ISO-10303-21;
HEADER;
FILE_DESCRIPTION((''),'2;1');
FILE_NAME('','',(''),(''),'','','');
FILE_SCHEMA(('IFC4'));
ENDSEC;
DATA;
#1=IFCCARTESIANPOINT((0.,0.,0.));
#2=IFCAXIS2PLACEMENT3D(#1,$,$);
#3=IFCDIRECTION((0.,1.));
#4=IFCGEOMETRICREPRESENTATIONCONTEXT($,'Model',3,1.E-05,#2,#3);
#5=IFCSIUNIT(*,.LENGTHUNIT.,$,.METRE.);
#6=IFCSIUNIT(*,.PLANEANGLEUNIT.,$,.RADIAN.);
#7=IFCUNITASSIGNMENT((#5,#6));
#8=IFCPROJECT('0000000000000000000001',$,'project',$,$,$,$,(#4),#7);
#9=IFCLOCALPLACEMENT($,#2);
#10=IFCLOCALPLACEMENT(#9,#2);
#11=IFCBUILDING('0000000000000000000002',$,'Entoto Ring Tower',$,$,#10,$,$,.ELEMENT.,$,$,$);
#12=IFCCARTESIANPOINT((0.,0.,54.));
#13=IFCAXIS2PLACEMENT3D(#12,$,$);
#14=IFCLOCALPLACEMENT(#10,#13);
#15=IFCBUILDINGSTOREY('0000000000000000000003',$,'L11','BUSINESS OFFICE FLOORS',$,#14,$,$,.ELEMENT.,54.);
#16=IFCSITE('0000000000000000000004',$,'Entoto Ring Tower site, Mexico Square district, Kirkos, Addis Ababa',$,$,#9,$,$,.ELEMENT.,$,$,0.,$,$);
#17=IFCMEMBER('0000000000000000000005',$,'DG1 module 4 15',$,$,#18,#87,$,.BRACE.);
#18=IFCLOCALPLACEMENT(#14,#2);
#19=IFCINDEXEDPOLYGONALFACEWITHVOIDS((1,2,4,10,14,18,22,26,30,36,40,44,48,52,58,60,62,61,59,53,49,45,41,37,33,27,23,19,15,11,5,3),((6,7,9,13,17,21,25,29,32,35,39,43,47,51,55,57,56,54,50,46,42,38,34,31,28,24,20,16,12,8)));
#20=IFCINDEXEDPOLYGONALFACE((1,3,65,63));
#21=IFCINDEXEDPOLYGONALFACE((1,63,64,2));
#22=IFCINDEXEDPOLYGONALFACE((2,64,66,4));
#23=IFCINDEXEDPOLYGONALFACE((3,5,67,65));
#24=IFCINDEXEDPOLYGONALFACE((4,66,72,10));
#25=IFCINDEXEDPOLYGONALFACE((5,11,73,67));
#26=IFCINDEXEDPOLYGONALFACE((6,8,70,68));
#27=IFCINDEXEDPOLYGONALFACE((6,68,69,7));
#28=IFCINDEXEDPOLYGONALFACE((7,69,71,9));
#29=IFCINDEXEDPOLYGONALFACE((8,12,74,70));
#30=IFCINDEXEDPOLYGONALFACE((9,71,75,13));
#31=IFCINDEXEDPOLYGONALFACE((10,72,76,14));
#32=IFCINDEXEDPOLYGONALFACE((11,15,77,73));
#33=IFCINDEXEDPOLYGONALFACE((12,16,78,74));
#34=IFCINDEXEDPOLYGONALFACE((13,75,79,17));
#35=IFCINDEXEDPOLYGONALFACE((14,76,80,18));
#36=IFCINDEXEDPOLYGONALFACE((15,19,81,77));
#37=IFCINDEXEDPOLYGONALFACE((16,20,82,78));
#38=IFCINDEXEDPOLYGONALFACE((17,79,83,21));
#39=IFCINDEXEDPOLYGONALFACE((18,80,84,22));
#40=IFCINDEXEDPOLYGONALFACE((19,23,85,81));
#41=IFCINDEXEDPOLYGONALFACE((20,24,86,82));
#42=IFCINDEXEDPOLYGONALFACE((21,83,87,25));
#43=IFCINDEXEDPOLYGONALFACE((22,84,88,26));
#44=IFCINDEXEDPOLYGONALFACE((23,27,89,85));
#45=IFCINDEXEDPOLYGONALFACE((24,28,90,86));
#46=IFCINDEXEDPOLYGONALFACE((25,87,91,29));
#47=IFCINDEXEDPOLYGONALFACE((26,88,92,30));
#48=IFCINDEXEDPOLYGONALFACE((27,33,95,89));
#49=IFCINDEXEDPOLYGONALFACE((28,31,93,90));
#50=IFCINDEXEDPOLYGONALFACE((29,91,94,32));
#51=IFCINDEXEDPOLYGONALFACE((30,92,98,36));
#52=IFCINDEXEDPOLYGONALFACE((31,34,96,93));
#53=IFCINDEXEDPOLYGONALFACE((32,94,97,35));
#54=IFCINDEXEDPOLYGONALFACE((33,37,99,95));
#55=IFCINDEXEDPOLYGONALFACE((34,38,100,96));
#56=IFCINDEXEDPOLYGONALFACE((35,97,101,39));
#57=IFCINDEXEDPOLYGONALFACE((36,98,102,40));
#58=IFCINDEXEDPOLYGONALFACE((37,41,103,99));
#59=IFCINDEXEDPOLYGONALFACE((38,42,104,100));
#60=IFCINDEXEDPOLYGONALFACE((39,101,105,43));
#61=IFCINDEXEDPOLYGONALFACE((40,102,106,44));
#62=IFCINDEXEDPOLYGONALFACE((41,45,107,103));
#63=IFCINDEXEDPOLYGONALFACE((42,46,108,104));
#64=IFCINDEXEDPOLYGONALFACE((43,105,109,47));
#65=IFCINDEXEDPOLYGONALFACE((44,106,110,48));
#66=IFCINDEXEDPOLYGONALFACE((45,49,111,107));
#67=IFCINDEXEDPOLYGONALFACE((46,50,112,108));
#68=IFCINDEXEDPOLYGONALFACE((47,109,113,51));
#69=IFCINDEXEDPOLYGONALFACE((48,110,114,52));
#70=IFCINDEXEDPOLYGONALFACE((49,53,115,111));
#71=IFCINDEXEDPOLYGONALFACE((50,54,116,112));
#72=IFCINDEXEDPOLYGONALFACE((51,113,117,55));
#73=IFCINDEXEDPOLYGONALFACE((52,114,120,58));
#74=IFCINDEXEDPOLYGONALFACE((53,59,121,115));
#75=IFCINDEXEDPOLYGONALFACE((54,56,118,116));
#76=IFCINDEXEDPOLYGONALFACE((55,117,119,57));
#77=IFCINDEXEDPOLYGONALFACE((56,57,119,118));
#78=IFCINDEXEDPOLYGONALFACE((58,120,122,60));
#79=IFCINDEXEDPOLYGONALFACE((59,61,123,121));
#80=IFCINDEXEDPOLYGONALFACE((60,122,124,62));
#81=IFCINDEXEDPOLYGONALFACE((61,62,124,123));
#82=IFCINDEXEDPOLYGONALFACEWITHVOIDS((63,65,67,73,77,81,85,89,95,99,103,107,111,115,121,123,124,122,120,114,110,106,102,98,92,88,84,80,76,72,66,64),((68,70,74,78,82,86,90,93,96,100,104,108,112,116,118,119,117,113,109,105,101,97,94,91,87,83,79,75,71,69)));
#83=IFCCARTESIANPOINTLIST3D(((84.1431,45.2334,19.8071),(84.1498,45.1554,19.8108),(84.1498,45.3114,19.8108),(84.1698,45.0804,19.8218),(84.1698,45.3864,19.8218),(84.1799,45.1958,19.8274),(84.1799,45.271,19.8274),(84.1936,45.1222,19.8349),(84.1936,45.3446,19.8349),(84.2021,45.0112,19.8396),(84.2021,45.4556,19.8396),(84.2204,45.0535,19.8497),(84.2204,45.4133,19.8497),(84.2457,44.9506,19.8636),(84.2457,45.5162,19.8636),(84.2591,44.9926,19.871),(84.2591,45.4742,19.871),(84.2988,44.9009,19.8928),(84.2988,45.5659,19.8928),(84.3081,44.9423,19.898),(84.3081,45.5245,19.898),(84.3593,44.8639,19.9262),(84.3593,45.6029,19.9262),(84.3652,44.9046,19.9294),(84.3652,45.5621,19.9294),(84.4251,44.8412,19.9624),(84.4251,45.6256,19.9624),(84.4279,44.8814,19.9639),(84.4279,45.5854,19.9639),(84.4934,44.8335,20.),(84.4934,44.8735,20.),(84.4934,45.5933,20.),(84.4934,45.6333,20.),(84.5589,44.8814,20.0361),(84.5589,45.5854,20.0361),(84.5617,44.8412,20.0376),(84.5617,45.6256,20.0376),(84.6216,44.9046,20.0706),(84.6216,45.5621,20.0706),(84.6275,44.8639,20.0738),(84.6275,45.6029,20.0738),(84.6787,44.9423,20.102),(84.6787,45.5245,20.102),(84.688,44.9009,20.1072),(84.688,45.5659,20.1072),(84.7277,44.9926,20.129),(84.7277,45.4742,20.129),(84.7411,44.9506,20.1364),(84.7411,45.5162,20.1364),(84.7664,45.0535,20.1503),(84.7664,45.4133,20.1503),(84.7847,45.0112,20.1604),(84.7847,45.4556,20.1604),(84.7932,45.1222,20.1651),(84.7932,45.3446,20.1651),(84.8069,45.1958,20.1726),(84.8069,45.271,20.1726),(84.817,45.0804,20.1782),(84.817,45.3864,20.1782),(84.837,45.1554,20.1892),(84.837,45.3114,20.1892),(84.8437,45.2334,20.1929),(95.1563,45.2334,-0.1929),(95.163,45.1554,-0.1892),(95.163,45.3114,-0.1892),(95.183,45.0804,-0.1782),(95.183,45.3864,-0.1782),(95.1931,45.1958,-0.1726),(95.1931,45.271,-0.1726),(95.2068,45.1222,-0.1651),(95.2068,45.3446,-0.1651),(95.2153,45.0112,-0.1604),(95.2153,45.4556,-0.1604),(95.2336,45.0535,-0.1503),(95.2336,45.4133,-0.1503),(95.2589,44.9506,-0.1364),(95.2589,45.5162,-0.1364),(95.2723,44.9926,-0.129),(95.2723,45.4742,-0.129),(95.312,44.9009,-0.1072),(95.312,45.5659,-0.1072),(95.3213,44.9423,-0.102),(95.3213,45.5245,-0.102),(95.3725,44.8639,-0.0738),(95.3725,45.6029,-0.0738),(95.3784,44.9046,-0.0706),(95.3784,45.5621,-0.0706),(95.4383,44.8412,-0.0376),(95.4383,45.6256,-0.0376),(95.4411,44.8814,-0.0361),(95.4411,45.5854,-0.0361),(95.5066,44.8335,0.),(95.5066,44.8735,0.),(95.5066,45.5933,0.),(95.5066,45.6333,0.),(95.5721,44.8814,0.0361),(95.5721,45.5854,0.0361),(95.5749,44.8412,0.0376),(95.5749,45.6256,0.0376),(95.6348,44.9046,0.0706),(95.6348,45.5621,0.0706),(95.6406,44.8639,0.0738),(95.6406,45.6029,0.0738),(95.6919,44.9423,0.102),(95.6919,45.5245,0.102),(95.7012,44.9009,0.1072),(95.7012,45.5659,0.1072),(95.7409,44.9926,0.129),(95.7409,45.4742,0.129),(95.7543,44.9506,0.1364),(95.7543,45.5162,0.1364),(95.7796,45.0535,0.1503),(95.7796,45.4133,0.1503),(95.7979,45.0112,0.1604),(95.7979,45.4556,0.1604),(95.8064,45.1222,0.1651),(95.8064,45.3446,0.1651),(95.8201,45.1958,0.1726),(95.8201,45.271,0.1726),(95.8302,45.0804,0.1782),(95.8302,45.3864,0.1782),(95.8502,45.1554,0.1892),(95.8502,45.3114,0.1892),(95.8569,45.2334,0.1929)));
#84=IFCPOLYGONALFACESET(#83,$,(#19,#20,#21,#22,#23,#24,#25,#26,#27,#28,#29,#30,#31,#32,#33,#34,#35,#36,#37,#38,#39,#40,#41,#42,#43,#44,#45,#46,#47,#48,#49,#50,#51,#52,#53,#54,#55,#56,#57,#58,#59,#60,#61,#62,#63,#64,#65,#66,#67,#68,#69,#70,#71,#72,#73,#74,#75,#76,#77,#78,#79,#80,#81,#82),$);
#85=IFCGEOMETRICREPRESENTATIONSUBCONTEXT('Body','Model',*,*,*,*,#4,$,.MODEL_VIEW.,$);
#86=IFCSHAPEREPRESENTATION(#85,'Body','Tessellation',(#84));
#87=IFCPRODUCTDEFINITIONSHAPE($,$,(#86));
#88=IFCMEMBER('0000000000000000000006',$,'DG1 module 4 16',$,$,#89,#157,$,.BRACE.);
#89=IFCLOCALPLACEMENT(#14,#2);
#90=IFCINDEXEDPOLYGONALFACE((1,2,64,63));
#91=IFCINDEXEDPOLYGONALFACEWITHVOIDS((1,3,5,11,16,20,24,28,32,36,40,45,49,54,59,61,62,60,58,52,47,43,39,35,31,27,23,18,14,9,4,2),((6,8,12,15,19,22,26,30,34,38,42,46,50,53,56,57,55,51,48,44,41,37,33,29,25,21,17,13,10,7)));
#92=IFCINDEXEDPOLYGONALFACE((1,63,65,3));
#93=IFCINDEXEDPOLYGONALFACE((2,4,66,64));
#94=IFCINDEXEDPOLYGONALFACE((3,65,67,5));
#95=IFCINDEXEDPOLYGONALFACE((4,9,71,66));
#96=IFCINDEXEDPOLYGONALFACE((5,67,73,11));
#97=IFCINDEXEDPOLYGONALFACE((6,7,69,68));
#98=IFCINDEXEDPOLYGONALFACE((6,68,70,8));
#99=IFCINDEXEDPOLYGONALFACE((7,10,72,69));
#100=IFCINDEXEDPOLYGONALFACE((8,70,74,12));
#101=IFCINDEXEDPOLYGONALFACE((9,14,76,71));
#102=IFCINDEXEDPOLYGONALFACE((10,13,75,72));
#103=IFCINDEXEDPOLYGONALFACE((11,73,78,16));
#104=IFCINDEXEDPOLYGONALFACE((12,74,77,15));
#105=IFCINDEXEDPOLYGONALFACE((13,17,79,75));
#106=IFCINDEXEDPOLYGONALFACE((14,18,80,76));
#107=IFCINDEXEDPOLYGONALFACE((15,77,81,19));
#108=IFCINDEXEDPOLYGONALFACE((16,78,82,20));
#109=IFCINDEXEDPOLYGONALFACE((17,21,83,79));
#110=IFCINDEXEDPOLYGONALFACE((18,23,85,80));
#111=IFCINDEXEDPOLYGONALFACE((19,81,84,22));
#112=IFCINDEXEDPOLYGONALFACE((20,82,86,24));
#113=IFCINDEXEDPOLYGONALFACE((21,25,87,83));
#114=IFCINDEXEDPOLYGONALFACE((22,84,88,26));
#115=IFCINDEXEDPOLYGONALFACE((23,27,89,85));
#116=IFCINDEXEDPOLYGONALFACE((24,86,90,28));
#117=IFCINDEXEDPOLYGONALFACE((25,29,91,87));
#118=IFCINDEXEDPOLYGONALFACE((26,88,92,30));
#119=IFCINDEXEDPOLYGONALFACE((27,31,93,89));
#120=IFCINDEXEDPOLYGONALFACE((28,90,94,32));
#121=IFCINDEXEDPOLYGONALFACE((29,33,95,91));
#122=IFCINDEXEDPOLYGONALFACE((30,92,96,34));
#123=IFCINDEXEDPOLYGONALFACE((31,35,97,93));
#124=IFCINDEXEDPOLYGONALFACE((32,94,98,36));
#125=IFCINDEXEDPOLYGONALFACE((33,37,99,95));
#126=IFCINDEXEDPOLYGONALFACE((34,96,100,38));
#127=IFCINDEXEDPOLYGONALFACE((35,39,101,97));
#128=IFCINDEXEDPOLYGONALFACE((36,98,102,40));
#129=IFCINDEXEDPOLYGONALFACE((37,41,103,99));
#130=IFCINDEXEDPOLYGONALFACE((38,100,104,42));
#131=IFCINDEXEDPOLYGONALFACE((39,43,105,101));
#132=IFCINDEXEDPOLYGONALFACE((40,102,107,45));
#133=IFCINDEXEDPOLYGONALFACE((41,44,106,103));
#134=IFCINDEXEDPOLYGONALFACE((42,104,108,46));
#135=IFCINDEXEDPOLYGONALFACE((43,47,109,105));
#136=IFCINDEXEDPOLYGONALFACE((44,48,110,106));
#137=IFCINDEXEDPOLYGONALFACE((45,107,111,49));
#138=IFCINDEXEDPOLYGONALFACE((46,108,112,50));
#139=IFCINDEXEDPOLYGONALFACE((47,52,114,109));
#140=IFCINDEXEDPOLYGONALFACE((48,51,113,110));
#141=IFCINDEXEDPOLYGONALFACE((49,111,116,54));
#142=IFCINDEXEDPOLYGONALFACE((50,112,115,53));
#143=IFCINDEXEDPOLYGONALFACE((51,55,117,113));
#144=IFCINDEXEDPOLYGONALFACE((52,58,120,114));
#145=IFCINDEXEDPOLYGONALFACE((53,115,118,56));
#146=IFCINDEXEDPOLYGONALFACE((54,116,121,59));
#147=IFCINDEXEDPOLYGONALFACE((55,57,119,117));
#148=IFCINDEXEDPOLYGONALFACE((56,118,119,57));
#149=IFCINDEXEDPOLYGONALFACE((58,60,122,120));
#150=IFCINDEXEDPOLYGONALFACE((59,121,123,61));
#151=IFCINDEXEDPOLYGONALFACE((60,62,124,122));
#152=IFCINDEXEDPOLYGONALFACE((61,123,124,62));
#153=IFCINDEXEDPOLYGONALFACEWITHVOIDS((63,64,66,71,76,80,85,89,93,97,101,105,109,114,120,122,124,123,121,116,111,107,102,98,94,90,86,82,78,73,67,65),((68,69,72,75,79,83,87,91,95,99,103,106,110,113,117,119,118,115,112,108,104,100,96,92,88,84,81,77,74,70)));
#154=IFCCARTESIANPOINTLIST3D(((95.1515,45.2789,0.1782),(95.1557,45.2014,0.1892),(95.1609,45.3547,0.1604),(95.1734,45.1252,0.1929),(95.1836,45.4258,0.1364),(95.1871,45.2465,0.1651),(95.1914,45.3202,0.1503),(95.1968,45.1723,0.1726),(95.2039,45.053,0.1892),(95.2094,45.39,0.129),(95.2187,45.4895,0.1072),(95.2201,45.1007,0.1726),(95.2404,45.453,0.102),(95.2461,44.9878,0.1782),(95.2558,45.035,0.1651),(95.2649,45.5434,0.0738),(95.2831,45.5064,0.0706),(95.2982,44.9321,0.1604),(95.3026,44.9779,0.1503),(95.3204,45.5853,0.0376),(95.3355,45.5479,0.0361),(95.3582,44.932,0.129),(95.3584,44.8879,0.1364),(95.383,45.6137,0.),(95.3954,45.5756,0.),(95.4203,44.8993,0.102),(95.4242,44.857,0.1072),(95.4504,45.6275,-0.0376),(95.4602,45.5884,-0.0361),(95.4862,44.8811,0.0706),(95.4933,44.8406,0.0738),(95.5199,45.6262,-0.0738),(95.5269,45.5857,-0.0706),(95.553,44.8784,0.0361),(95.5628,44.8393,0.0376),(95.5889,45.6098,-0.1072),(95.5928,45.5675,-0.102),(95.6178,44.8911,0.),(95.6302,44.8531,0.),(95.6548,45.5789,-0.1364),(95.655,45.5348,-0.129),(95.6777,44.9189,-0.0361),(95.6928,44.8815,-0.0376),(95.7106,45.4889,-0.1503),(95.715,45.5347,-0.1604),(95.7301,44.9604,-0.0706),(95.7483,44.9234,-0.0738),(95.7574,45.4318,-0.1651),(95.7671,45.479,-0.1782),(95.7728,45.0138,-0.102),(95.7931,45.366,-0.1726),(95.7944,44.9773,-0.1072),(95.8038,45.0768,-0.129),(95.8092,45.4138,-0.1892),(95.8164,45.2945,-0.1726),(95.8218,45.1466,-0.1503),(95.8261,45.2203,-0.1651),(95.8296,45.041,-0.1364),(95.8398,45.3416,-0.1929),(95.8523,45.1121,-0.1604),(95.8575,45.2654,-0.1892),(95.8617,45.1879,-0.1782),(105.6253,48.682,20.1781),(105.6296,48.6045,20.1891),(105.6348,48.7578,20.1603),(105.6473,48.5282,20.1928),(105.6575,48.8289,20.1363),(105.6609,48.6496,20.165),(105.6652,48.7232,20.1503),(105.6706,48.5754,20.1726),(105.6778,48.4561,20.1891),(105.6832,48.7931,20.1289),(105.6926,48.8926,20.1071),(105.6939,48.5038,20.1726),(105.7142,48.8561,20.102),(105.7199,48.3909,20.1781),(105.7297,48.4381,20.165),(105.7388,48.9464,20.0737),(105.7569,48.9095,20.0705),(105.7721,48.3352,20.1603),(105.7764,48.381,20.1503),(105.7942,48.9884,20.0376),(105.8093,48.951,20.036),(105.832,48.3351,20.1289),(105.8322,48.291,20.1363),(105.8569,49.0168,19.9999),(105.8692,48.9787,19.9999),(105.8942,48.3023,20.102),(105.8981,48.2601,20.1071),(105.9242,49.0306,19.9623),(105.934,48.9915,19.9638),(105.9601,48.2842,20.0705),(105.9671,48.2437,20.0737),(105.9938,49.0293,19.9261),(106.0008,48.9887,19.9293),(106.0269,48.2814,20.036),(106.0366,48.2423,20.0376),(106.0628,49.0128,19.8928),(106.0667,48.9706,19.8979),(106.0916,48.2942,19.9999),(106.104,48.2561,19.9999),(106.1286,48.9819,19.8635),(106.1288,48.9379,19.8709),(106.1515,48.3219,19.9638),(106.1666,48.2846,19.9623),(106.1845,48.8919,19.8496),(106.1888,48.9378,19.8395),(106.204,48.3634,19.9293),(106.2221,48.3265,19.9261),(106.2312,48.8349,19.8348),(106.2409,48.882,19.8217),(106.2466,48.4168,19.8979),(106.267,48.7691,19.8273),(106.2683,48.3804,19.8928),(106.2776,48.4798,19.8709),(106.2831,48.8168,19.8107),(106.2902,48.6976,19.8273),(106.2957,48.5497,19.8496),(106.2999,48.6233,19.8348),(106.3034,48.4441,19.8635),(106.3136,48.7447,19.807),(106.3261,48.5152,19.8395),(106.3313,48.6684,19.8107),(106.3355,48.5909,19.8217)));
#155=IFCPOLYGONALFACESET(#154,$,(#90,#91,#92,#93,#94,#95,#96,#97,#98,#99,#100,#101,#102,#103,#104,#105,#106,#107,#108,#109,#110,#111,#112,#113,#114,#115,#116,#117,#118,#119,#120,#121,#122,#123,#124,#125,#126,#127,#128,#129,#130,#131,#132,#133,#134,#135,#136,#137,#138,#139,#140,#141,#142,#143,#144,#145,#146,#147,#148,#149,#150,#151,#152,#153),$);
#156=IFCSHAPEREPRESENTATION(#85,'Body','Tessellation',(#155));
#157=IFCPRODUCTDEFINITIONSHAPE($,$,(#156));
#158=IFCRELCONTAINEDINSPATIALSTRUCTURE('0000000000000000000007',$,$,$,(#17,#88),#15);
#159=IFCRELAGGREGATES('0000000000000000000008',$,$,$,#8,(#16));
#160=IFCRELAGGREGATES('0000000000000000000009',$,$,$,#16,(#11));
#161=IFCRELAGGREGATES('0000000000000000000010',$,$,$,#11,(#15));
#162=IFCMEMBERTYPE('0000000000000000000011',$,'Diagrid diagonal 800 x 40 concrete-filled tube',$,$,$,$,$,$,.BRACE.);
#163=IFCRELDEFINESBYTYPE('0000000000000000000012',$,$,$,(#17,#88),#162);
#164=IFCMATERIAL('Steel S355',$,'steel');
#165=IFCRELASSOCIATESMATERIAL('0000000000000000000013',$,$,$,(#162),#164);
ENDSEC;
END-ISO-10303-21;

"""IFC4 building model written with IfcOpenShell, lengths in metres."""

from ifc_helpers import new_model, si_unit, direction, frame, origin, origin_2d, place, context, subcontext, project, spatial, circle, hollow_circle, extrude, material, material_profile, profile_set, type_object, element, save


model = new_model("IFC4")

# Units and contexts
model_context = context("Model", 3, precision=1e-05, world=origin(), true_north=direction((0.0, 1.0)))
body_context = subcontext(model_context, "Body", "Model", "MODEL_VIEW")
ifc_project = project(units=[si_unit("LENGTHUNIT", "METRE"), si_unit("PLANEANGLEUNIT", "RADIAN")], contexts=[model_context])

# Site, building, storey
site_placement = place(None, origin())
site = spatial("IfcSite", under=ifc_project, at=site_placement, Name="Entoto Ring Tower site, Mexico Square district, Kirkos, Addis Ababa", CompositionType="ELEMENT", RefElevation=0.0)
building_placement = place(site_placement, origin())
building = spatial("IfcBuilding", under=site, at=building_placement, Name="Entoto Ring Tower", CompositionType="ELEMENT")
storey_placement = place(building_placement, frame((0.0, 0.0, 54.0)))
storey = spatial("IfcBuildingStorey", under=building, at=storey_placement, Name="L11", Description="BUSINESS OFFICE FLOORS", CompositionType="ELEMENT", Elevation=54.0)

# Members
ifc_material_1 = material(Name="Steel S355", Category="steel")
ifc_material_profile_1 = material_profile(ifc_material_1, hollow_circle(Radius=0.3999, WallThickness=0.04, at=origin_2d()), Name="CHS 800 x 40")
ifc_material_2 = material(Name="Concrete C60/75", Category="concrete")
ifc_material_profile_2 = material_profile(ifc_material_2, circle(Radius=0.3601, at=origin_2d()), Name="Concrete C60/75 infill")
ifc_profile_set_1 = profile_set([ifc_material_profile_1, ifc_material_profile_2], Name="Steel S355")
member_type_1 = type_object("IfcMemberType", Name="Diagrid diagonal 800 x 40 concrete-filled tube", PredefinedType="BRACE", material=ifc_profile_set_1)
member_1_placement = place(storey_placement, frame((95.5066, 45.2334, 0.0), z_axis=(-0.482362, 0.0, 0.875972), x_axis=(0.0, -1.0, 0.0)))
element("IfcMember", 1, at=member_1_placement, inside=storey, type_object=member_type_1, Name="DG1 module 4 15", PredefinedType="BRACE", context=body_context, shape_type="SweptSolid", body=[
    extrude(hollow_circle(Radius=0.3999, WallThickness=0.04, at=origin_2d()), origin(), (0.0, 0.0, 1.0), 22.8318),
])
member_2_placement = place(storey_placement, frame((95.5066, 45.2334, 0.0), z_axis=(0.458744, 0.149051, 0.875978), x_axis=(-0.309009, 0.951059, 0.0)))
element("IfcMember", 2, at=member_2_placement, inside=storey, type_object=member_type_1, Name="DG1 module 4 16", PredefinedType="BRACE", context=body_context, shape_type="SweptSolid", body=[
    extrude(hollow_circle(Radius=0.3999, WallThickness=0.04, at=origin_2d()), origin(), (0.0, 0.0, 1.0), 22.8315),
])

save(model, "model.ifc")
